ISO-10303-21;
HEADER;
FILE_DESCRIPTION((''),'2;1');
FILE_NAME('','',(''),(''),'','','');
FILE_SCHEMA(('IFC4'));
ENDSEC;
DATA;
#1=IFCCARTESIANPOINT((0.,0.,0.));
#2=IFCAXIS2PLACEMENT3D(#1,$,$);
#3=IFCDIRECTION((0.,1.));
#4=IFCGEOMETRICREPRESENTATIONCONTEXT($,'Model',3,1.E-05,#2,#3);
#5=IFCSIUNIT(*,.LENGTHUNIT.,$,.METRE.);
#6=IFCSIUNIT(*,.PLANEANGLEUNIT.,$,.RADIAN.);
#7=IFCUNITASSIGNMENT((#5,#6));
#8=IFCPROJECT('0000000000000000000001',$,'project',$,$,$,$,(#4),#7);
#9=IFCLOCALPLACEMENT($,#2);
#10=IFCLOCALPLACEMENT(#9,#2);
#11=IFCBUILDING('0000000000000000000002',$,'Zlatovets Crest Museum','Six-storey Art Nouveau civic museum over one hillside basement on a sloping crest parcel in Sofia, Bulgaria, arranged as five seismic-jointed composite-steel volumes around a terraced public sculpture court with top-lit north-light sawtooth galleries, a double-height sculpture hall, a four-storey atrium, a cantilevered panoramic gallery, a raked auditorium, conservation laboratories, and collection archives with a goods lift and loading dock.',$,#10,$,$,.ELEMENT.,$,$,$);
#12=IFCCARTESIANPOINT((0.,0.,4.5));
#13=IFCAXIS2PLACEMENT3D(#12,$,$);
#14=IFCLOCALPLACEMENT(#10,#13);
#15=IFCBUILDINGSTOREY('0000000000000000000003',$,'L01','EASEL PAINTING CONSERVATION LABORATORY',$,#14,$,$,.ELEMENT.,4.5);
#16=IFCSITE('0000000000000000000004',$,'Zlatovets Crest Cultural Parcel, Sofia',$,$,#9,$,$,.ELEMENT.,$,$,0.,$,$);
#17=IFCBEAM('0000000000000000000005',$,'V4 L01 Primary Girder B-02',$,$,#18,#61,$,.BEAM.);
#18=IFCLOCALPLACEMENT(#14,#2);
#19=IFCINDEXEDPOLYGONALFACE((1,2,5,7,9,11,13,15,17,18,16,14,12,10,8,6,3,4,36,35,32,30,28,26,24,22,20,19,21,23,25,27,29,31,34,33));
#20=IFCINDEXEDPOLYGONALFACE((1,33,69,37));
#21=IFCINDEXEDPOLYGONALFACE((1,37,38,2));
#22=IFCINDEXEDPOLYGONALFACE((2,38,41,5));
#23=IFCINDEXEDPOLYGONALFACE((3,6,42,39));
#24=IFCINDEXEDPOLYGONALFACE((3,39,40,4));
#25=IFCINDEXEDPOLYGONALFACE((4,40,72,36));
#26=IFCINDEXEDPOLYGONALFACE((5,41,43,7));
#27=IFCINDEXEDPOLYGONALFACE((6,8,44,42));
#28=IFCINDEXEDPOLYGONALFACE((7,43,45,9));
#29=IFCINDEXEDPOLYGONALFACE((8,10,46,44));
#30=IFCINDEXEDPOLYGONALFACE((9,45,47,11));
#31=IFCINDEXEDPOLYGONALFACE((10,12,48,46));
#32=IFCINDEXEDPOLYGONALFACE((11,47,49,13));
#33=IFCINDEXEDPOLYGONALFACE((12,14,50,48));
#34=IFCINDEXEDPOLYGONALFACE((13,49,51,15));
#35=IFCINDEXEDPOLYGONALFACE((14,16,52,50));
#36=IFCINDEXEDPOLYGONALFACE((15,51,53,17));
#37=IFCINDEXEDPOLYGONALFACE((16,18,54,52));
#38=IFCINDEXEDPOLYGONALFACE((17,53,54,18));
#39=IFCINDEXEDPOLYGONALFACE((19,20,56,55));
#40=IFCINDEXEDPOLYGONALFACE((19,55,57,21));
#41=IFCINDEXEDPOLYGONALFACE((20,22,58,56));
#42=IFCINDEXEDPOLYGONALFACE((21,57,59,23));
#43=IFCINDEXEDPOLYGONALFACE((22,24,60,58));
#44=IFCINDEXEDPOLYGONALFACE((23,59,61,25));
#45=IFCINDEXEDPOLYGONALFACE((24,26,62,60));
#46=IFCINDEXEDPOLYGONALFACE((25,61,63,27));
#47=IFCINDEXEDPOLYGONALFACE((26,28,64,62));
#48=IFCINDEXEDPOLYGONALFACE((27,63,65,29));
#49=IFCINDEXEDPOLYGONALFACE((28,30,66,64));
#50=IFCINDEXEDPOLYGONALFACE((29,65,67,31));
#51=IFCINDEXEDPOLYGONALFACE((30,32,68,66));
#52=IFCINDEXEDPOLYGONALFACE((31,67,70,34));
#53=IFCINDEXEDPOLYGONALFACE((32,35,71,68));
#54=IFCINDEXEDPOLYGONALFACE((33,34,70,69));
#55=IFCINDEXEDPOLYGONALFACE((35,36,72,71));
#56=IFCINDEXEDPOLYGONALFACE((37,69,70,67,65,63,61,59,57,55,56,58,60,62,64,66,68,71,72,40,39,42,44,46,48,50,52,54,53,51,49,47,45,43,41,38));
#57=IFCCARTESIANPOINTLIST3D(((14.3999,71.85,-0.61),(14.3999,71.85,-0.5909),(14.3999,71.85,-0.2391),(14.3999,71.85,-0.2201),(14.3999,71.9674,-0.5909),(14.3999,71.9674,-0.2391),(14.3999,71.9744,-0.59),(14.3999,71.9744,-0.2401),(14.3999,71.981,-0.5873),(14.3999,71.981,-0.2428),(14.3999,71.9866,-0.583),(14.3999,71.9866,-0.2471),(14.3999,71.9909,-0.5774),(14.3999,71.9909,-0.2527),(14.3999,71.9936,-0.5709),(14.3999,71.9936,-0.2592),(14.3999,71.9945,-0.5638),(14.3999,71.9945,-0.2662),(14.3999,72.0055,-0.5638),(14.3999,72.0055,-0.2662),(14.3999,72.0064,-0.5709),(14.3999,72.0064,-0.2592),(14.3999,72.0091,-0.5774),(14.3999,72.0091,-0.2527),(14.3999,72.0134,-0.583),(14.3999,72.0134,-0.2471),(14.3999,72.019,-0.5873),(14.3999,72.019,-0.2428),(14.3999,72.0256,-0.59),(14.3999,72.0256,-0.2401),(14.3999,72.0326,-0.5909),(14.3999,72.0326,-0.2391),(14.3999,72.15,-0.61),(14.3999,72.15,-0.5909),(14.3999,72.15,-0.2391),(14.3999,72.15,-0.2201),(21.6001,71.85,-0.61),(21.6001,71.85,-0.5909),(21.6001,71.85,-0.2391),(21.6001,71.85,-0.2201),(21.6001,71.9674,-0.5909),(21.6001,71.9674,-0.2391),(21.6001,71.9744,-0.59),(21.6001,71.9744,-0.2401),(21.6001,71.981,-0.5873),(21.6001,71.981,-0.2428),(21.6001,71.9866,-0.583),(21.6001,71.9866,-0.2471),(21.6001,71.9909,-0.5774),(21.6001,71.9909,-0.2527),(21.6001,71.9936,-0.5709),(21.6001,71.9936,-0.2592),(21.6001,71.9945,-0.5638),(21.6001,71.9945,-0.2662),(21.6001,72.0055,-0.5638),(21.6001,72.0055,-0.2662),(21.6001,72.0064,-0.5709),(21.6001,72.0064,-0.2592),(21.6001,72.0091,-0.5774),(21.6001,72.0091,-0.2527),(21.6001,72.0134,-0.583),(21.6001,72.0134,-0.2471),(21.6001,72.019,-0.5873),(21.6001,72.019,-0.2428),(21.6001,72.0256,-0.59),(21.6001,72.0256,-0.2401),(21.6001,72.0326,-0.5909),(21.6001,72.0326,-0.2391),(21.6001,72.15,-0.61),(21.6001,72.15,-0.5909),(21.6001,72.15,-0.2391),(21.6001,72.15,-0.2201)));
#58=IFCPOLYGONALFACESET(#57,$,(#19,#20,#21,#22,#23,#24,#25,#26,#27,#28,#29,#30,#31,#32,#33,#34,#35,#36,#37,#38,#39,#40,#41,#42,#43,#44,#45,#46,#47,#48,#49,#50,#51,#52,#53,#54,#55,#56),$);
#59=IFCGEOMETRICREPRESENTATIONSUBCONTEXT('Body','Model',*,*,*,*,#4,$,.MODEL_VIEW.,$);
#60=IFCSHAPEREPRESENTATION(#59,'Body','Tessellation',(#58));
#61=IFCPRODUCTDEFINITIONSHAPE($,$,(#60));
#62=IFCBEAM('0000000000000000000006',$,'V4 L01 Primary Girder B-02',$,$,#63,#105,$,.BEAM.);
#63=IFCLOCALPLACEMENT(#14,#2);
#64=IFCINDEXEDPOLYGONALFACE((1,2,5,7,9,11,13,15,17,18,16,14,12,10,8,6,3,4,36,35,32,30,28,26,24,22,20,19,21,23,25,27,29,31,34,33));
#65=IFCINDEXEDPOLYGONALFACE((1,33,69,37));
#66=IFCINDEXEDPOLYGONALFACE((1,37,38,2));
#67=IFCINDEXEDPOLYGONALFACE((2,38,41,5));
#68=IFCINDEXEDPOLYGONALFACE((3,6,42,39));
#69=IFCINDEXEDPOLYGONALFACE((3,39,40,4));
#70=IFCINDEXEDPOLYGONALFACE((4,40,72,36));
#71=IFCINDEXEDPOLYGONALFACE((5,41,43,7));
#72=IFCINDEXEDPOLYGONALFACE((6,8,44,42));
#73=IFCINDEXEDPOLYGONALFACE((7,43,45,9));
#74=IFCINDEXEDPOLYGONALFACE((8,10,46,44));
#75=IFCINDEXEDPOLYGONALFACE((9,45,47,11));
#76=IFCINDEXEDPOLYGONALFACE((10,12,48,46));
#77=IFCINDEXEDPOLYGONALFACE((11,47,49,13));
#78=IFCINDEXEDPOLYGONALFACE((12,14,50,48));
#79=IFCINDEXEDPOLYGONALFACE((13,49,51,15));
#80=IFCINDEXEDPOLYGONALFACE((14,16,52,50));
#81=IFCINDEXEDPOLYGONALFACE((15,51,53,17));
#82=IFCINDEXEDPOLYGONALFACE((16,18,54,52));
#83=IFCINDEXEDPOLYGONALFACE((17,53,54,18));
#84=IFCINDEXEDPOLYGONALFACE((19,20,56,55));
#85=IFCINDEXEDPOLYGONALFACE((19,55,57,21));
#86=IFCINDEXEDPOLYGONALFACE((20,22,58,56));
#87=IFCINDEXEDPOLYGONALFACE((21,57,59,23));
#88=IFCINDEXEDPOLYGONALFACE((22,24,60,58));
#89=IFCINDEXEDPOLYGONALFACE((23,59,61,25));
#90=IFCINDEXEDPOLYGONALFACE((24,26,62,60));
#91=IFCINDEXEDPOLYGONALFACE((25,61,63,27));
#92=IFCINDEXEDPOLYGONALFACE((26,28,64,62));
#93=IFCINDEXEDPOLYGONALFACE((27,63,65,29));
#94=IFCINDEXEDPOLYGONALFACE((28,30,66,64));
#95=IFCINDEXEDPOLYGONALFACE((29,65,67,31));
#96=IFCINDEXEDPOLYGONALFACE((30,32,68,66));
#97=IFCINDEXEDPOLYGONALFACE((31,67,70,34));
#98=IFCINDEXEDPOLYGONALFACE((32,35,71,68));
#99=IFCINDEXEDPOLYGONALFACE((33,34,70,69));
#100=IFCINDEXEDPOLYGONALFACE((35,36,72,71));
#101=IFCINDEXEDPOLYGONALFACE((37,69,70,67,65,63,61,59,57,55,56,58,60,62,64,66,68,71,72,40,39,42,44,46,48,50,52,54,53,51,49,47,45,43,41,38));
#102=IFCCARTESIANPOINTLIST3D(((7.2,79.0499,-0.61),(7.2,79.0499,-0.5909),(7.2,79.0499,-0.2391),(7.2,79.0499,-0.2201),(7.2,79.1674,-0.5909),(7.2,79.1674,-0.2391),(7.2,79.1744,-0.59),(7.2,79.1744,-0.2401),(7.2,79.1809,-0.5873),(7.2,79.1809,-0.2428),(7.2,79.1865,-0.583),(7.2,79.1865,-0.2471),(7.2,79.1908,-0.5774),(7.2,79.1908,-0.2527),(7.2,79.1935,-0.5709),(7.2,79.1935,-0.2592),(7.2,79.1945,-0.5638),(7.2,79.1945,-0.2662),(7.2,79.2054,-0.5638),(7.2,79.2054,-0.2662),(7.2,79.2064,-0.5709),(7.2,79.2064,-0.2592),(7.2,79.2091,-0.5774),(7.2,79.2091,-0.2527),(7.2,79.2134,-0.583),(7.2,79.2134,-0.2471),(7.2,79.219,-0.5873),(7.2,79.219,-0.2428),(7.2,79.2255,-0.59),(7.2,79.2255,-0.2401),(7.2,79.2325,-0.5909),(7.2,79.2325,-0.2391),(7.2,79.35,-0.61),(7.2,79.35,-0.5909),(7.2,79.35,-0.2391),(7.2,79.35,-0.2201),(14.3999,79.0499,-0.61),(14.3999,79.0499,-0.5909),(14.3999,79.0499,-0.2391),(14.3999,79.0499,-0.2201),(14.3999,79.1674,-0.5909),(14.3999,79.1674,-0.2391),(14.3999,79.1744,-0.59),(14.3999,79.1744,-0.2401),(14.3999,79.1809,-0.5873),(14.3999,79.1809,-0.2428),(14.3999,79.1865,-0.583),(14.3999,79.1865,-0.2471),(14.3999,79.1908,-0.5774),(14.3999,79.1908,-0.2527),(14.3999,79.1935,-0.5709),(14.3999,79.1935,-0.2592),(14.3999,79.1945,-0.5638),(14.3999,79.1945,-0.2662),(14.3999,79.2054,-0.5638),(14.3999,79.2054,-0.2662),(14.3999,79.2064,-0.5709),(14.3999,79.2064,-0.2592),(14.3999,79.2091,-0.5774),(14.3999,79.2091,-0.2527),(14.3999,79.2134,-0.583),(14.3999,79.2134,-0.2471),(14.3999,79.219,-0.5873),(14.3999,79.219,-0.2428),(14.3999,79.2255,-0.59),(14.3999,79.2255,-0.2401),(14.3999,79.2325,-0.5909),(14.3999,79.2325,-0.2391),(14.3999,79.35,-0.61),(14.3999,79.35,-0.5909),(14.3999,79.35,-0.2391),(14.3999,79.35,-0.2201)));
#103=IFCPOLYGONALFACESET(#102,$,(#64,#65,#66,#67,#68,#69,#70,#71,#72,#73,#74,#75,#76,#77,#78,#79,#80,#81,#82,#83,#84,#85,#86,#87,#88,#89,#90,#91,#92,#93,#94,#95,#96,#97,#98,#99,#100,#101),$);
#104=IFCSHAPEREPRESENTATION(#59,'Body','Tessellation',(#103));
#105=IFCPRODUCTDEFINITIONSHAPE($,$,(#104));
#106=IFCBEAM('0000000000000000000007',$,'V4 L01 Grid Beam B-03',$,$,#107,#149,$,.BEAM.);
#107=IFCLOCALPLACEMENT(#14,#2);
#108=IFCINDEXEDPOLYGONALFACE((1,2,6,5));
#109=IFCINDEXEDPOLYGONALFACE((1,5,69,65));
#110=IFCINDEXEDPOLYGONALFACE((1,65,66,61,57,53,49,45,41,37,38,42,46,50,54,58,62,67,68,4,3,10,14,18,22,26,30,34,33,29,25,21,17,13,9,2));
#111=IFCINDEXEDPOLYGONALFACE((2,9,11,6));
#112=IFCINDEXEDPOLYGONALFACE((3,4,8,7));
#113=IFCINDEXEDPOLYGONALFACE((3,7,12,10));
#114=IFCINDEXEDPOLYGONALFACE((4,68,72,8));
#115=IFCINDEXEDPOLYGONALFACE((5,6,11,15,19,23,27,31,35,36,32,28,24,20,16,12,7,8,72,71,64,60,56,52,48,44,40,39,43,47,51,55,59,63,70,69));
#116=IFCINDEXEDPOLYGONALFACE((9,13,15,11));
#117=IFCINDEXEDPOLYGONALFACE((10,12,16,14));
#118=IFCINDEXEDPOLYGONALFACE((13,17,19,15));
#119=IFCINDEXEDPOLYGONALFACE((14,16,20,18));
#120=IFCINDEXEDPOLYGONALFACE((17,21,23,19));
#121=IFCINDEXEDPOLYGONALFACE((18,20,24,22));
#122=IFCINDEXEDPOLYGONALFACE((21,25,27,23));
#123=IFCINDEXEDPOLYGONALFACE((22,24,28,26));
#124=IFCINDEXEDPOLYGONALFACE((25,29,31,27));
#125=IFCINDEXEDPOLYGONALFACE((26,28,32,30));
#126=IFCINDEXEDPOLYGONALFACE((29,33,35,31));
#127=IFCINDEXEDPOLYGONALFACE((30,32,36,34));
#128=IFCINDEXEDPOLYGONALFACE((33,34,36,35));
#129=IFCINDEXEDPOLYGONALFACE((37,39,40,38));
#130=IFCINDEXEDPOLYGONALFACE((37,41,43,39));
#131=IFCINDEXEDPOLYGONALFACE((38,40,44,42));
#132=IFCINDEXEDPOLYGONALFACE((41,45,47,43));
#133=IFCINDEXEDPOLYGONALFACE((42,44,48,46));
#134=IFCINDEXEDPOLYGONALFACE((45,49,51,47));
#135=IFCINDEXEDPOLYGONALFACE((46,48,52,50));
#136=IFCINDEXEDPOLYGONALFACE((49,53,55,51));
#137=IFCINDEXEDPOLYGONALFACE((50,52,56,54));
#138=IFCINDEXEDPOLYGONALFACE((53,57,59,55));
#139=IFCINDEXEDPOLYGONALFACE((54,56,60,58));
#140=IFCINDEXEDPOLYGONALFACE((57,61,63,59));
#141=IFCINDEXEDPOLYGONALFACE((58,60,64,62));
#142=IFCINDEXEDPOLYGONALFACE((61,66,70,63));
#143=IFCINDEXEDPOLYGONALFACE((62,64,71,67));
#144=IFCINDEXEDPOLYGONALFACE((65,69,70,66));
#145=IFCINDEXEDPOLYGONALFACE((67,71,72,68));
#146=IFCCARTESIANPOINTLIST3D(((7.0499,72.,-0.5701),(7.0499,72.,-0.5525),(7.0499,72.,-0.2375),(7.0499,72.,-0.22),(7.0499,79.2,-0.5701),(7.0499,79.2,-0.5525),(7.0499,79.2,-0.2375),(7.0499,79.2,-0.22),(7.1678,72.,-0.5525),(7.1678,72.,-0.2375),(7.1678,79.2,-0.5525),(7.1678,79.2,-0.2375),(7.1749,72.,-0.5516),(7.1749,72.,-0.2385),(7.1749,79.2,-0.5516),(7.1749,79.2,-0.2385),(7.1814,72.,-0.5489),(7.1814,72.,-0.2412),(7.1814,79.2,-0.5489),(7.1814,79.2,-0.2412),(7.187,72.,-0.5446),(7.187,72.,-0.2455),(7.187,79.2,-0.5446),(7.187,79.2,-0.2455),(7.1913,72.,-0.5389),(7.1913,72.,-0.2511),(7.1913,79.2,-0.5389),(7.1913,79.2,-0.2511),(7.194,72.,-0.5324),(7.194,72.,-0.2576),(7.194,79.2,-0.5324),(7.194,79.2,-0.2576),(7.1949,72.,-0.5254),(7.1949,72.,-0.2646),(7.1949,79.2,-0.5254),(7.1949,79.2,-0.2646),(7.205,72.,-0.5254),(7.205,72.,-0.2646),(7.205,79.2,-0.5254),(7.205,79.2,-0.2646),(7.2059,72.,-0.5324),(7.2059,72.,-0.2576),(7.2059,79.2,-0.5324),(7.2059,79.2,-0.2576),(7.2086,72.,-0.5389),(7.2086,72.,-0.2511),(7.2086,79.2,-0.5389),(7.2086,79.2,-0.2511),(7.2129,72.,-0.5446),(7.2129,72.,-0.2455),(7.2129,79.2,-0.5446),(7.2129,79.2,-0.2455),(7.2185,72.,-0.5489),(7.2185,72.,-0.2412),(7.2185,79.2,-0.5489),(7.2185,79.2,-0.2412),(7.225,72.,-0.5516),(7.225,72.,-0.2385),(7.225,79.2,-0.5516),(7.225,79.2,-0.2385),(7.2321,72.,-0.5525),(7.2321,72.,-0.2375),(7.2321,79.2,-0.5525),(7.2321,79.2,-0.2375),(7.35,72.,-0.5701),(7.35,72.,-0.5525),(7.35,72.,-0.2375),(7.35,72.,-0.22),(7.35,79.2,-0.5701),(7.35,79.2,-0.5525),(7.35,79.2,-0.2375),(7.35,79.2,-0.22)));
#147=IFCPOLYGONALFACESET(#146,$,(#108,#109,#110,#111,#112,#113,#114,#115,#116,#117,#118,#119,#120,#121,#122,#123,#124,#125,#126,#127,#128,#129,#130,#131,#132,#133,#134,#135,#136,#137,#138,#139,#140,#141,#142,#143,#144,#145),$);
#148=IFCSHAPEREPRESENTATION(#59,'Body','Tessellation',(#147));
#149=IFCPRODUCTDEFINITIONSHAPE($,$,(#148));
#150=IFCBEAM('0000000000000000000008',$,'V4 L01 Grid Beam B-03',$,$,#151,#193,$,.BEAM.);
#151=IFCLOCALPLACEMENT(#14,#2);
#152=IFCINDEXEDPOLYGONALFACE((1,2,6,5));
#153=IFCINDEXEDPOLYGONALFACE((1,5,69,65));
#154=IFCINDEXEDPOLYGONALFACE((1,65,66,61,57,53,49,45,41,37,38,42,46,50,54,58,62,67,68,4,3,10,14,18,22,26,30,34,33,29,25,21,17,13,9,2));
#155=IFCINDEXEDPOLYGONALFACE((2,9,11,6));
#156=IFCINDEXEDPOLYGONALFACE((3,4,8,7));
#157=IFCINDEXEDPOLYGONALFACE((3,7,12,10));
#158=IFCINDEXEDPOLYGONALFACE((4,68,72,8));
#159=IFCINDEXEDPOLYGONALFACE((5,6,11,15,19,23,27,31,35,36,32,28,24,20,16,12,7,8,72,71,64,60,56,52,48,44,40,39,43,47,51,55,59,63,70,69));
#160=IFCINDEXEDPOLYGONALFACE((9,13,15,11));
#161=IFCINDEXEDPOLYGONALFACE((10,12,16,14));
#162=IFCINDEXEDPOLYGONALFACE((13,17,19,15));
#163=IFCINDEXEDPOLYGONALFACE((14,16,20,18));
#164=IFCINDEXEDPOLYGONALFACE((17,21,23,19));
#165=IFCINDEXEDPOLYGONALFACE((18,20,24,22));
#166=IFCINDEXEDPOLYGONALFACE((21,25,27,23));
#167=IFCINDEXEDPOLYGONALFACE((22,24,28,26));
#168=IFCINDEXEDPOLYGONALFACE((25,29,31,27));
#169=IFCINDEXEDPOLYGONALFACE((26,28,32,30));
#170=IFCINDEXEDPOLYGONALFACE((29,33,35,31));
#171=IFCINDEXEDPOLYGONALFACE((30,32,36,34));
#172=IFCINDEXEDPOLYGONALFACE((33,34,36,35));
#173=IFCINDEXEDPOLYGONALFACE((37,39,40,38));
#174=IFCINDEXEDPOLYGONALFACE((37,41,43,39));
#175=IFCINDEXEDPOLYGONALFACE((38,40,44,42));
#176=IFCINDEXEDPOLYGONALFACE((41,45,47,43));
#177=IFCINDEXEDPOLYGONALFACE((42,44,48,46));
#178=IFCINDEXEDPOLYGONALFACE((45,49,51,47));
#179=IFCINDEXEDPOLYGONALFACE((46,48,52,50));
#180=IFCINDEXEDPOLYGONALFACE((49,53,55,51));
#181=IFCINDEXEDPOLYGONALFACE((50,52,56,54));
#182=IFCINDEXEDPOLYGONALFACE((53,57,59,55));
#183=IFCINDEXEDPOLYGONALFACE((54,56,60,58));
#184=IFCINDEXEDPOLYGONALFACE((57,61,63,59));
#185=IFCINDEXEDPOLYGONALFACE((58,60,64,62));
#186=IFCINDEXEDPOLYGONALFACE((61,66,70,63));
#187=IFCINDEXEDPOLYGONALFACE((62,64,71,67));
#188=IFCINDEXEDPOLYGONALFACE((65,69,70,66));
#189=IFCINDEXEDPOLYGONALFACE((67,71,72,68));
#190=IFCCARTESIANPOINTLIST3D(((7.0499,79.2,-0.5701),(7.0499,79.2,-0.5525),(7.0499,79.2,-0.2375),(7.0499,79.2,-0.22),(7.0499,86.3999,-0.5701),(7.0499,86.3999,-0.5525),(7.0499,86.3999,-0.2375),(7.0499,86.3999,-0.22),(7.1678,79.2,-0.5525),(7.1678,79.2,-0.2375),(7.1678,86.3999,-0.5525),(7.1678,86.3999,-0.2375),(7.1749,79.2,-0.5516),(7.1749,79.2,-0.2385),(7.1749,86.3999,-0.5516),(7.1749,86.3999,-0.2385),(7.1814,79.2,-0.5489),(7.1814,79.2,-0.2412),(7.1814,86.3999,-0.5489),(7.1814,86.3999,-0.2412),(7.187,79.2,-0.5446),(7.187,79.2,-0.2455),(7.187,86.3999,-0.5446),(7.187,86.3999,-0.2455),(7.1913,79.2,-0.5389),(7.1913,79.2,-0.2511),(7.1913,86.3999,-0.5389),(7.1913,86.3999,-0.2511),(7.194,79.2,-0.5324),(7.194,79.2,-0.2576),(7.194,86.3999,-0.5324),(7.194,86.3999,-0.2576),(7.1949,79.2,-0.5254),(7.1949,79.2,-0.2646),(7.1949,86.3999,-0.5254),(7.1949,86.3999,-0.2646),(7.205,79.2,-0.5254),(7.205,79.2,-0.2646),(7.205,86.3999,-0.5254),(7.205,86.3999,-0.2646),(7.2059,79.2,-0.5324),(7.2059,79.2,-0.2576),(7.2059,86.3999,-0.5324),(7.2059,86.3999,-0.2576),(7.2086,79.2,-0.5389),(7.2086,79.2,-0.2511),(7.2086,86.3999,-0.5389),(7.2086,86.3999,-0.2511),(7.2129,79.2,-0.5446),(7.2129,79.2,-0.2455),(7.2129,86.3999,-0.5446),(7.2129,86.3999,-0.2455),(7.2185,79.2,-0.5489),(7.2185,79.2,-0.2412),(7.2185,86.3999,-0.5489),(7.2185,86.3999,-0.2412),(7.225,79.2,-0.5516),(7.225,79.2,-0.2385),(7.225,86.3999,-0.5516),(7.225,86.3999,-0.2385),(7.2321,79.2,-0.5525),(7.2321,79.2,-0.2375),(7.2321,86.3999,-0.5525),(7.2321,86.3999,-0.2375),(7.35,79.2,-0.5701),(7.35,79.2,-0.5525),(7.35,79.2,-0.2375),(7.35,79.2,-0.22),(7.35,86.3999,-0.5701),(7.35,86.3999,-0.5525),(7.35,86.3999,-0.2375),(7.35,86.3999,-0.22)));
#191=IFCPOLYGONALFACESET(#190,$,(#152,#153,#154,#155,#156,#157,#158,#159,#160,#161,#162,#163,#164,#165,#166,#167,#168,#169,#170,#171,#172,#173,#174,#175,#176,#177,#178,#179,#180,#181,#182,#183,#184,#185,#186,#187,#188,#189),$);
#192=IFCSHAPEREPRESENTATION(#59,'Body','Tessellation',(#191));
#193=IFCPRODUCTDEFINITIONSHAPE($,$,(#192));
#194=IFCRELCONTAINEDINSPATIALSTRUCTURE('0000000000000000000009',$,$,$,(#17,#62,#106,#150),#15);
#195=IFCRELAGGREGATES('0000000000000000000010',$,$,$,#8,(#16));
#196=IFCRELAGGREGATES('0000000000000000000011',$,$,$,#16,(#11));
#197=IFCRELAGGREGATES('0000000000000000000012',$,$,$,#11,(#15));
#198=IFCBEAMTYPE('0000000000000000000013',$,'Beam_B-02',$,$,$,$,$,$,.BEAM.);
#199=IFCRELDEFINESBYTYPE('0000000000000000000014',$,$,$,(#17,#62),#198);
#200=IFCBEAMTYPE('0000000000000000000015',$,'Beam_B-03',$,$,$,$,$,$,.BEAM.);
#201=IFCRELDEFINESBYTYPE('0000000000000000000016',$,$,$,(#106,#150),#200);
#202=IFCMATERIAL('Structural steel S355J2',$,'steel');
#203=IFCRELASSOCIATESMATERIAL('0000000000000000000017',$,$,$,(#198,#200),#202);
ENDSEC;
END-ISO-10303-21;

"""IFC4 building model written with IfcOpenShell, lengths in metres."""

from ifc_helpers import new_model, si_unit, direction, frame, origin, origin_2d, place, context, subcontext, project, spatial, i_section, extrude, material, material_profile, profile_set, type_object, element, save


model = new_model("IFC4")

# Units and contexts
model_context = context("Model", 3, precision=1e-05, world=origin(), true_north=direction((0.0, 1.0)))
body_context = subcontext(model_context, "Body", "Model", "MODEL_VIEW")
ifc_project = project(units=[si_unit("LENGTHUNIT", "METRE"), si_unit("PLANEANGLEUNIT", "RADIAN")], contexts=[model_context])

# Site, building, storey
site_placement = place(None, origin())
site = spatial("IfcSite", under=ifc_project, at=site_placement, Name="Zlatovets Crest Cultural Parcel, Sofia", CompositionType="ELEMENT", RefElevation=0.0)
building_placement = place(site_placement, origin())
building = spatial("IfcBuilding", under=site, at=building_placement, Name="Zlatovets Crest Museum", Description="Six-storey Art Nouveau civic museum over one hillside basement on a sloping crest parcel in Sofia, Bulgaria, arranged as five seismic-jointed composite-steel volumes around a terraced public sculpture court with top-lit north-light sawtooth galleries, a double-height sculpture hall, a four-storey atrium, a cantilevered panoramic gallery, a raked auditorium, conservation laboratories, and collection archives with a goods lift and loading dock.", CompositionType="ELEMENT")
storey_placement = place(building_placement, frame((0.0, 0.0, 4.5)))
storey = spatial("IfcBuildingStorey", under=building, at=storey_placement, Name="L01", Description="EASEL PAINTING CONSERVATION LABORATORY", CompositionType="ELEMENT", Elevation=4.5)

# Shared definitions
ifc_material_1 = material(Name="Structural steel S355J2", Category="steel")

# Beams
ifc_material_profile_1 = material_profile(ifc_material_1, i_section(OverallWidth=0.3, OverallDepth=0.3899, WebThickness=0.011, FlangeThickness=0.019, FilletRadius=0.0271, at=origin_2d()), Name="HEA 400")
ifc_profile_set_1 = profile_set([ifc_material_profile_1], Name="Structural steel S355J2")
beam_type_1 = type_object("IfcBeamType", Name="Beam_B-02", PredefinedType="BEAM", material=ifc_profile_set_1)
beam_1_placement = place(storey_placement, frame((14.3999, 72.0, -0.415), z_axis=(1.0, 0.0, 0.0), x_axis=(0.0, 1.0, 0.0)))
element("IfcBeam", 1, at=beam_1_placement, inside=storey, type_object=beam_type_1, Name="V4 L01 Primary Girder B-02", PredefinedType="BEAM", context=body_context, shape_type="SweptSolid", body=[
    extrude(i_section(OverallWidth=0.3, OverallDepth=0.3899, WebThickness=0.011, FlangeThickness=0.019, FilletRadius=0.0271, at=origin_2d()), origin(), (0.0, 0.0, 1.0), 7.2002),
])
beam_2_placement = place(storey_placement, frame((7.2, 79.2, -0.415), z_axis=(1.0, 0.0, 0.0), x_axis=(0.0, 1.0, 0.0)))
element("IfcBeam", 2, at=beam_2_placement, inside=storey, type_object=beam_type_1, Name="V4 L01 Primary Girder B-02", PredefinedType="BEAM", context=body_context, shape_type="SweptSolid", body=[
    extrude(i_section(OverallWidth=0.3, OverallDepth=0.3899, WebThickness=0.011, FlangeThickness=0.019, FilletRadius=0.0271, at=origin_2d()), origin(), (0.0, 0.0, 1.0), 7.2),
])
ifc_material_profile_2 = material_profile(ifc_material_1, i_section(OverallWidth=0.3, OverallDepth=0.3501, WebThickness=0.01, FlangeThickness=0.0176, FilletRadius=0.0271, at=origin_2d()), Name="HEA 360")
ifc_profile_set_2 = profile_set([ifc_material_profile_2], Name="Structural steel S355J2")
beam_type_2 = type_object("IfcBeamType", Name="Beam_B-03", PredefinedType="BEAM", material=ifc_profile_set_2)
for number, where, z_axis, x_axis, name in (
    (3, (7.2, 72.0, -0.395), (0.0, 1.0, 0.0), (-1.0, 0.0, 0.0), "V4 L01 Grid Beam B-03"),
    (4, (7.2, 79.2, -0.395), (0.0, 1.0, 0.0), (-1.0, 0.0, 0.0), "V4 L01 Grid Beam B-03"),
):
    element("IfcBeam", number, at=place(storey_placement, frame(where, z_axis=z_axis, x_axis=x_axis)), inside=storey, type_object=beam_type_2, Name=name, PredefinedType="BEAM", context=body_context, shape_type="SweptSolid", body=[
        extrude(i_section(OverallWidth=0.3, OverallDepth=0.3501, WebThickness=0.01, FlangeThickness=0.0176, FilletRadius=0.0271, at=origin_2d()), origin(), (0.0, 0.0, 1.0), 7.2),
    ])

save(model, "model.ifc")
